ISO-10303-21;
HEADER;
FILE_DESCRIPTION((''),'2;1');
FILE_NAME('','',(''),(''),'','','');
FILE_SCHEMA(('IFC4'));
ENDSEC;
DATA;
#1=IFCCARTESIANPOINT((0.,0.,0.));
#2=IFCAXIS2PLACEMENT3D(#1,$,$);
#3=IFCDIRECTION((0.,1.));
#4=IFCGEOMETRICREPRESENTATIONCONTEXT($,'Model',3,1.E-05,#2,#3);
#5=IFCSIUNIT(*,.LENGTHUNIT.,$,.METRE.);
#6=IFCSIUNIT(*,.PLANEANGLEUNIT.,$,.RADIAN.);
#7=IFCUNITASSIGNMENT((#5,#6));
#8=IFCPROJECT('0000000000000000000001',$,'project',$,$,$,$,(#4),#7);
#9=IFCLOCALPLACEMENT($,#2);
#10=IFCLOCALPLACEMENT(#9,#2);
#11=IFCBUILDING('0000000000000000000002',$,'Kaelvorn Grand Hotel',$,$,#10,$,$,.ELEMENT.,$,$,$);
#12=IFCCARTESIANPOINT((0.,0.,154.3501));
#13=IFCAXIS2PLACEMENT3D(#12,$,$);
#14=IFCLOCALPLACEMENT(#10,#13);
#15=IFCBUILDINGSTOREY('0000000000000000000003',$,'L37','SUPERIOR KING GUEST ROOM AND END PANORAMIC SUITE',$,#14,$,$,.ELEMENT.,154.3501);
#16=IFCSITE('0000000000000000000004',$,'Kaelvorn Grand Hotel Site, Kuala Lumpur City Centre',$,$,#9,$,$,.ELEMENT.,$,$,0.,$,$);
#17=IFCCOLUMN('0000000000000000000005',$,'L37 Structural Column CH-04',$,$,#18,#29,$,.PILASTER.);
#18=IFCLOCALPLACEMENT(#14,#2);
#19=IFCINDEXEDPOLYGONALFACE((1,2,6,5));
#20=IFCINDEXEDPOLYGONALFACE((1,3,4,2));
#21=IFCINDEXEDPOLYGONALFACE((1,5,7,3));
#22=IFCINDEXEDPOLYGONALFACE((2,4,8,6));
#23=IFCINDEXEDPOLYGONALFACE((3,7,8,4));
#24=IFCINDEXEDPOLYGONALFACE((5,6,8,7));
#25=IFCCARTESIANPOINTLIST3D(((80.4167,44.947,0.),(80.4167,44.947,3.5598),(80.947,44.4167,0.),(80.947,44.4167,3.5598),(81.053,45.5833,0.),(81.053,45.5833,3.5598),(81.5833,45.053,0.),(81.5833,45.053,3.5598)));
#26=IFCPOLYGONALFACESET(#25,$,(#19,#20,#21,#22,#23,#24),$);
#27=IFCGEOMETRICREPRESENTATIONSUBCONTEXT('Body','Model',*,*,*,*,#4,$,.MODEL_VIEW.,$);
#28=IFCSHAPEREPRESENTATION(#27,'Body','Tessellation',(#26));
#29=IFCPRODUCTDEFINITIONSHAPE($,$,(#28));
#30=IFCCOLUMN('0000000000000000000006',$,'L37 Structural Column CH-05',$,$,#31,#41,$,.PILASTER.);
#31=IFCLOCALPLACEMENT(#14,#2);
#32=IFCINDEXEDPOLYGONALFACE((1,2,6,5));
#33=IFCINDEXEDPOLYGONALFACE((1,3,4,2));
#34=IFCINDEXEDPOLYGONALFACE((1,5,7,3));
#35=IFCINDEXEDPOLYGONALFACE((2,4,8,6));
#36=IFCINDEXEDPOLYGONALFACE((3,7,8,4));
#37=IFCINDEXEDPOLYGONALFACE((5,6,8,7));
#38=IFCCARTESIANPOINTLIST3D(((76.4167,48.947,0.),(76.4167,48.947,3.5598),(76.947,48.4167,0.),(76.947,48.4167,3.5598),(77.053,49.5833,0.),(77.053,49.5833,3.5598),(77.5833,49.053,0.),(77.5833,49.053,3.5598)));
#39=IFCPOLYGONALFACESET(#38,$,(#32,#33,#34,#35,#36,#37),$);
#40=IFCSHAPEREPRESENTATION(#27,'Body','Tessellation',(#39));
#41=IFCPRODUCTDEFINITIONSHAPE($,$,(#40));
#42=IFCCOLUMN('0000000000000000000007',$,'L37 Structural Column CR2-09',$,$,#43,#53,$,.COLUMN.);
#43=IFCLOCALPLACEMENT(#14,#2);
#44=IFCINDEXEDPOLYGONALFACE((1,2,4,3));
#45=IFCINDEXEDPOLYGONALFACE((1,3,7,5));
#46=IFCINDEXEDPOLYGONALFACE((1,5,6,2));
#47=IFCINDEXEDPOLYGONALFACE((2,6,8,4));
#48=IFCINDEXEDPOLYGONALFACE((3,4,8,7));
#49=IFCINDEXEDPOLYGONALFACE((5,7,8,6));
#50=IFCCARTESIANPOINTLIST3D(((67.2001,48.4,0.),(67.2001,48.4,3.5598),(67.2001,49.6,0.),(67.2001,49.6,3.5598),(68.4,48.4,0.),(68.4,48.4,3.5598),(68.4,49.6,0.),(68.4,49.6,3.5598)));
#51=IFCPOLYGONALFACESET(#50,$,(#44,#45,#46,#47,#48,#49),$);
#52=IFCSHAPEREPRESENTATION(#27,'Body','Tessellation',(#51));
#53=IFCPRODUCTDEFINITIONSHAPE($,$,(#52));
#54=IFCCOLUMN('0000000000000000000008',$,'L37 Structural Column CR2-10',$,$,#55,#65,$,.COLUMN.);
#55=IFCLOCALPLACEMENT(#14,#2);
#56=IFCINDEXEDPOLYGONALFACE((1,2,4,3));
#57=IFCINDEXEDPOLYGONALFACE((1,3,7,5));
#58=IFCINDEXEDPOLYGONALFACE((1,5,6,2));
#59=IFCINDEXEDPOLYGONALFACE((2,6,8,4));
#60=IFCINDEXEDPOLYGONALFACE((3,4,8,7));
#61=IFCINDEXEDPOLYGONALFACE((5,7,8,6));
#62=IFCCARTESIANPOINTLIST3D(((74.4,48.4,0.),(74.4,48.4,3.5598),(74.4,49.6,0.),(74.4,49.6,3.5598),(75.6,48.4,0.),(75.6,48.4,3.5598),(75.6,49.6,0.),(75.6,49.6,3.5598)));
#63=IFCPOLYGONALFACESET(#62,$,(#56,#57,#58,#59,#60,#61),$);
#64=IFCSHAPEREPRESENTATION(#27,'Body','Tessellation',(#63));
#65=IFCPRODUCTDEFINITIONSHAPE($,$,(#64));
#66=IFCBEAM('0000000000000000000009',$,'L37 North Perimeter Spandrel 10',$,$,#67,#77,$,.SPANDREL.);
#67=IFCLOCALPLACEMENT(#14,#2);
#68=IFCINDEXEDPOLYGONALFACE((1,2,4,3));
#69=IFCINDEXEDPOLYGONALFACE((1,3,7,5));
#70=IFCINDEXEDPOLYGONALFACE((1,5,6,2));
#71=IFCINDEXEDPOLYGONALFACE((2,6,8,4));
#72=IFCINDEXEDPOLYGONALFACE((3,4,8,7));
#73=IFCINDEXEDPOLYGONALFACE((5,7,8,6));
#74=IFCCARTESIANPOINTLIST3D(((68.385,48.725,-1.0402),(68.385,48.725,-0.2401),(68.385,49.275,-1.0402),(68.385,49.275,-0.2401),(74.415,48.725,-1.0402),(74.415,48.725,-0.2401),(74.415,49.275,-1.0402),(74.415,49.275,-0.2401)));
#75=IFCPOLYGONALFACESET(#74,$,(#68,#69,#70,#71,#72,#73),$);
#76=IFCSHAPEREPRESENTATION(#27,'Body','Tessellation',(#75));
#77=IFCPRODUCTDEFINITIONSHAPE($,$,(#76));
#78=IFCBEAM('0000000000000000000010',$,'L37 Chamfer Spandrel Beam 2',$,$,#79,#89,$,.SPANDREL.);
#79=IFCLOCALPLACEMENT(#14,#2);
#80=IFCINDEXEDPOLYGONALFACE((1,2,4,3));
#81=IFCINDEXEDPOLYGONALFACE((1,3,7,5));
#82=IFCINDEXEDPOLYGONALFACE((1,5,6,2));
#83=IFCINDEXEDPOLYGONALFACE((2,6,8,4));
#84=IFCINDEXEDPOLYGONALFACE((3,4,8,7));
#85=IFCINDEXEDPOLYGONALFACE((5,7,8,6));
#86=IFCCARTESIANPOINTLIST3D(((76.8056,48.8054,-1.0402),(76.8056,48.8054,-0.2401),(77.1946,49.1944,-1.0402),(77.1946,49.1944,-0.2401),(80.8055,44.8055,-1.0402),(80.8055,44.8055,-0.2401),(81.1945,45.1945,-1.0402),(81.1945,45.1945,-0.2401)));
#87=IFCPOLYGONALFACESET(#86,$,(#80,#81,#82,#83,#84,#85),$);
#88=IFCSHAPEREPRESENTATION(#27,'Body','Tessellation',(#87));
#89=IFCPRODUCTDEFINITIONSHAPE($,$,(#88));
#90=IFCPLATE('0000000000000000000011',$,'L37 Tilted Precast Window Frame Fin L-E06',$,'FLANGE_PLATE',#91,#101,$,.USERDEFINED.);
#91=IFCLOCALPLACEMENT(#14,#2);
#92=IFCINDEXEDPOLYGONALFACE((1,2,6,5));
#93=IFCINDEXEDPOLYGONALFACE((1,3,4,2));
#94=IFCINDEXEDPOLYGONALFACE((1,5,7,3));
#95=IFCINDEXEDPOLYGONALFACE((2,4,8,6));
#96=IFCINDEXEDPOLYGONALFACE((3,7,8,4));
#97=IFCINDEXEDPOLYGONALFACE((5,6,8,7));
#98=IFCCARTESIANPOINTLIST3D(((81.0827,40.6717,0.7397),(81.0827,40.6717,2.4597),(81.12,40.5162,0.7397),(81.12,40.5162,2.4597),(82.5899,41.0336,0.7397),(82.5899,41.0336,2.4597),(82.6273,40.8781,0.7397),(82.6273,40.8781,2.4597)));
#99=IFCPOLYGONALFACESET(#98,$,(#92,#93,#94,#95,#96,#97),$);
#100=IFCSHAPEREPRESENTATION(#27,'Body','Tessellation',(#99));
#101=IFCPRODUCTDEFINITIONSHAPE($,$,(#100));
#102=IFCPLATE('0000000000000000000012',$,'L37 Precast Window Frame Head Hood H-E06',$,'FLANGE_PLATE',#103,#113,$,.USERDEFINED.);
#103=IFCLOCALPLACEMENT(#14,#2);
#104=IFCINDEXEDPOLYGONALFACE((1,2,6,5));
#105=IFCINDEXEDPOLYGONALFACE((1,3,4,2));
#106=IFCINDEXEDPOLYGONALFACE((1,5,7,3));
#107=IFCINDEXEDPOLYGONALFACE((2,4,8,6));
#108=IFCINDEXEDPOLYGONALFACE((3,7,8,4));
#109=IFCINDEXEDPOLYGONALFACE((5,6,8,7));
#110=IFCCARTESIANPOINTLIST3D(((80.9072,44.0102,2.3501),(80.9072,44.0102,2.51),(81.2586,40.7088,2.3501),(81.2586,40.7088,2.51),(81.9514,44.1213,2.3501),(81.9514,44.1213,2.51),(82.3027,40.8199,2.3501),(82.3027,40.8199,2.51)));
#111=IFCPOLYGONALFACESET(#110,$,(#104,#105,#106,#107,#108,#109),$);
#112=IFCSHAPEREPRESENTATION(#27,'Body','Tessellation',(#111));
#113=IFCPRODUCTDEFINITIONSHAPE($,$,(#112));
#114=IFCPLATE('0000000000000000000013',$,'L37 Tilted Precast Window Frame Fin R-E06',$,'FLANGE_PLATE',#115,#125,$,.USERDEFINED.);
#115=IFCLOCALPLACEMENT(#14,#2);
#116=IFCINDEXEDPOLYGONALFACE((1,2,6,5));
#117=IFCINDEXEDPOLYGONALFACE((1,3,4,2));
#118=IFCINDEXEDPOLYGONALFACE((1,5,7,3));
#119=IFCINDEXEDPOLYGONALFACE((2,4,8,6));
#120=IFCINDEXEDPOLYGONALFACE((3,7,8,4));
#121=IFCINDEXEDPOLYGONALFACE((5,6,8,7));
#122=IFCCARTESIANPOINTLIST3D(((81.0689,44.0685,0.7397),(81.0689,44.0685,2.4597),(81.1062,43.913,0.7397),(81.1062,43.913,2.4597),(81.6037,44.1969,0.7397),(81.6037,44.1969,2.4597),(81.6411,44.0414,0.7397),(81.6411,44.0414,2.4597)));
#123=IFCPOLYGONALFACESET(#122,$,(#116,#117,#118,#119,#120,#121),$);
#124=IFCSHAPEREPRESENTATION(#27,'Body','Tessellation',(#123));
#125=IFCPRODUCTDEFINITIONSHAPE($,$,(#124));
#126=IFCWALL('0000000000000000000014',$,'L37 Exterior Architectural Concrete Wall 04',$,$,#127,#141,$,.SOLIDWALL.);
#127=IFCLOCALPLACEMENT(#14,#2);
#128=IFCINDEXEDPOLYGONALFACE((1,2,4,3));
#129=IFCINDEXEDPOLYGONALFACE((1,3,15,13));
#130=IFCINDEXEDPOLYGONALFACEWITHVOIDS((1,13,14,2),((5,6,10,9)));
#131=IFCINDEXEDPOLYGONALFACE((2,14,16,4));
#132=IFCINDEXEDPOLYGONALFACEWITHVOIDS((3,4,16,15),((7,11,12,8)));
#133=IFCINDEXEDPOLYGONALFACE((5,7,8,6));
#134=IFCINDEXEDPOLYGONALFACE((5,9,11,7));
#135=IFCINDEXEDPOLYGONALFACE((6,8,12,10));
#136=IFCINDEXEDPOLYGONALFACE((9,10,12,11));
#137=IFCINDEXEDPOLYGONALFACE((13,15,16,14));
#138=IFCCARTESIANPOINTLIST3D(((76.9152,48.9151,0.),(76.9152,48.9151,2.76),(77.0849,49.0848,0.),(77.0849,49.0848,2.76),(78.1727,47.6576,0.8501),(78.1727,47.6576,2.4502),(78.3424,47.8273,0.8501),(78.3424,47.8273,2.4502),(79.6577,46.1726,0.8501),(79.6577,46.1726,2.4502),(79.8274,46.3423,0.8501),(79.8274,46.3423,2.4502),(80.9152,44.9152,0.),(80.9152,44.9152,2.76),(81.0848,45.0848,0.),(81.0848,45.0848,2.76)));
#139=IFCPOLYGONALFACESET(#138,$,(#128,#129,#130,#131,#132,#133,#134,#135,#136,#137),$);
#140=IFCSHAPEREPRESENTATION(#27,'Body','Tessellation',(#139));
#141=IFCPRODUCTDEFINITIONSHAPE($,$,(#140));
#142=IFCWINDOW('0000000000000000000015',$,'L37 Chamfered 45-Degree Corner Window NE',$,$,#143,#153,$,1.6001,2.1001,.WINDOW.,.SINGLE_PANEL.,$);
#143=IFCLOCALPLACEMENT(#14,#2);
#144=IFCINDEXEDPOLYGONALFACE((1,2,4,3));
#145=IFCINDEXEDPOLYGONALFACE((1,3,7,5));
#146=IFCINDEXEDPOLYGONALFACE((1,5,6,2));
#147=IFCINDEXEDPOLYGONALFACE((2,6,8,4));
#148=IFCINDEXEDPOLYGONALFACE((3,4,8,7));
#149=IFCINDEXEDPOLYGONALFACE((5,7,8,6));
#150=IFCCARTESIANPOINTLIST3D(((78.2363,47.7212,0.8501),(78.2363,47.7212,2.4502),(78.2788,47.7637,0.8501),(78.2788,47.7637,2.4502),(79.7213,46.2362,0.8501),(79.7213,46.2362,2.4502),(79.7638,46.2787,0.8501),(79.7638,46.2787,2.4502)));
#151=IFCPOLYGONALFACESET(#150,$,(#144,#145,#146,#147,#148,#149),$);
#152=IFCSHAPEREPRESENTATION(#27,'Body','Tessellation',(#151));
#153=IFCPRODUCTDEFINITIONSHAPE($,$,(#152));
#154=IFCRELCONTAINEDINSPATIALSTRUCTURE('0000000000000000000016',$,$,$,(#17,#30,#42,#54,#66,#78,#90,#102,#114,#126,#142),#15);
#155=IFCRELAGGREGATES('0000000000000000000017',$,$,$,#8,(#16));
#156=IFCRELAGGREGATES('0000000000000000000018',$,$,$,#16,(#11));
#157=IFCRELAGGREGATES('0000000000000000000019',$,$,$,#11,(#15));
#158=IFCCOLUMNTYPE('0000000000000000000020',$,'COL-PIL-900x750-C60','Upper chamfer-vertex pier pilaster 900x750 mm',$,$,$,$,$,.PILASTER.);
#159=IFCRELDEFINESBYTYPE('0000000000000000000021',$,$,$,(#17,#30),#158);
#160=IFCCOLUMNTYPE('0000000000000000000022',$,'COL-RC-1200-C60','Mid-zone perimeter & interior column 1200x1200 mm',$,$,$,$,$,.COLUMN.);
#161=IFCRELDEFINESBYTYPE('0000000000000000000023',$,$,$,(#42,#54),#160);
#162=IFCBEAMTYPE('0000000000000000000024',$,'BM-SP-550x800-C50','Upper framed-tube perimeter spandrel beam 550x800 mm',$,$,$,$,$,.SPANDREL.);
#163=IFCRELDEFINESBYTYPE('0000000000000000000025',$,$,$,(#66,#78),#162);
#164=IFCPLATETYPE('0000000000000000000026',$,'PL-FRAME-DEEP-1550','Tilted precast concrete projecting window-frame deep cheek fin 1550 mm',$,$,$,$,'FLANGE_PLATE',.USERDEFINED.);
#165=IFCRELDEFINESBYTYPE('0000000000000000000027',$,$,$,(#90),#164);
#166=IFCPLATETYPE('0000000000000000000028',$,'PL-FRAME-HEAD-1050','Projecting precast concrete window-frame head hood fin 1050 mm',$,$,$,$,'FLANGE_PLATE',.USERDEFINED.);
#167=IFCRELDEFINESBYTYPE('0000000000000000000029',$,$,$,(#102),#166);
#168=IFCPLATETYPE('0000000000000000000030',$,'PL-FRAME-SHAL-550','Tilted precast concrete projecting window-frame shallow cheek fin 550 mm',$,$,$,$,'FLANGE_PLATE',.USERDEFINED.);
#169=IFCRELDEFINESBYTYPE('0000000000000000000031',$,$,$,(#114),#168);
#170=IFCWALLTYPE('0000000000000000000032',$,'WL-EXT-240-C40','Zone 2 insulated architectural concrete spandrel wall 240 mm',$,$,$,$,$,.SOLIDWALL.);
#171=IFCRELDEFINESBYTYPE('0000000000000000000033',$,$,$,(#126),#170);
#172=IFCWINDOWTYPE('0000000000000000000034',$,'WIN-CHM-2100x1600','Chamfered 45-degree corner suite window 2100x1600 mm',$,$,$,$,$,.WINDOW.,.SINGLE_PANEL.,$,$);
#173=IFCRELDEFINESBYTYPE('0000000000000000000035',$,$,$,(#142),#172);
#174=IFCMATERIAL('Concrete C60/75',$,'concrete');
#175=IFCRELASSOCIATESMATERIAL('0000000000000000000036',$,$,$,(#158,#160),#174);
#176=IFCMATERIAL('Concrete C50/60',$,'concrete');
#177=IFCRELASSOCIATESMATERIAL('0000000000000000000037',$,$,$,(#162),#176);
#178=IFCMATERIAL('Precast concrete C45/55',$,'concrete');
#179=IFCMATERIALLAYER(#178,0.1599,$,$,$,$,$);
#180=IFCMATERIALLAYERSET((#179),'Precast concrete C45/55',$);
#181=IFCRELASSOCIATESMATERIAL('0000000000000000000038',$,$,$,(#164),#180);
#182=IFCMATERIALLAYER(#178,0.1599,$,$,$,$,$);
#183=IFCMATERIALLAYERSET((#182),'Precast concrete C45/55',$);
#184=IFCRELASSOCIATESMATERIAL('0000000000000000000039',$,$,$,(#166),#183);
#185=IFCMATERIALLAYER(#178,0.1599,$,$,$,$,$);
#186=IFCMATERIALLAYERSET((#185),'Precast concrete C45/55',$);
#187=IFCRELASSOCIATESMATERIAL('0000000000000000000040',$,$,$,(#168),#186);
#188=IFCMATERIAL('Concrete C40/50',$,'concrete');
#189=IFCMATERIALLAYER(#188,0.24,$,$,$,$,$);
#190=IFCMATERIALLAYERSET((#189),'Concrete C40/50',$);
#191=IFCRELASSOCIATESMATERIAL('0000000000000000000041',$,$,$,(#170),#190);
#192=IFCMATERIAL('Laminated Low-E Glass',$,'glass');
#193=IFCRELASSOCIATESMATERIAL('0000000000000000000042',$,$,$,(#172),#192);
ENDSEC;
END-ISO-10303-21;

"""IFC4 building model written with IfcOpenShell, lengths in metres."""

from ifc_helpers import new_model, si_unit, direction, frame, frame_2d, origin, origin_2d, place, context, subcontext, project, spatial, rectangle, extrude, material, layer, layer_set, material_profile, profile_set, type_object, element, fill, save


model = new_model("IFC4")

# Units and contexts
model_context = context("Model", 3, precision=1e-05, world=origin(), true_north=direction((0.0, 1.0)))
body_context = subcontext(model_context, "Body", "Model", "MODEL_VIEW")
ifc_project = project(units=[si_unit("LENGTHUNIT", "METRE"), si_unit("PLANEANGLEUNIT", "RADIAN")], contexts=[model_context])

# Site, building, storey
site_placement = place(None, origin())
site = spatial("IfcSite", under=ifc_project, at=site_placement, Name="Kaelvorn Grand Hotel Site, Kuala Lumpur City Centre", CompositionType="ELEMENT", RefElevation=0.0)
building_placement = place(site_placement, origin())
building = spatial("IfcBuilding", under=site, at=building_placement, Name="Kaelvorn Grand Hotel", CompositionType="ELEMENT")
storey_placement = place(building_placement, frame((0.0, 0.0, 154.3501)))
storey = spatial("IfcBuildingStorey", under=building, at=storey_placement, Name="L37", Description="SUPERIOR KING GUEST ROOM AND END PANORAMIC SUITE", CompositionType="ELEMENT", Elevation=154.3501)

# Columns
ifc_material_1 = material(Name="Concrete C60/75", Category="concrete")
ifc_material_profile_1 = material_profile(ifc_material_1, rectangle(XDim=0.8999, YDim=0.75, at=origin_2d()), Name="RC PILASTER 900x750")
ifc_profile_set_1 = profile_set([ifc_material_profile_1], Name="Concrete C60/75")
column_type_1 = type_object("IfcColumnType", Name="COL-PIL-900x750-C60", Description="Upper chamfer-vertex pier pilaster 900x750 mm", PredefinedType="PILASTER", material=ifc_profile_set_1)
for number, where, z_axis, x_axis, name in (
    (1, (81.0, 45.0, 0.0), (0.0, 0.0, 1.0), (0.707107, 0.707107, 0.0), "L37 Structural Column CH-04"),
    (2, (77.0, 49.0, 0.0), (0.0, 0.0, 1.0), (0.707107, 0.707107, 0.0), "L37 Structural Column CH-05"),
):
    element("IfcColumn", number, at=place(storey_placement, frame(where, z_axis=z_axis, x_axis=x_axis)), inside=storey, type_object=column_type_1, Name=name, PredefinedType="PILASTER", context=body_context, shape_type="SweptSolid", body=[
        extrude(rectangle(XDim=0.8999, YDim=0.75, at=origin_2d()), origin(), (0.0, 0.0, 1.0), 3.5598),
    ])
ifc_material_profile_2 = material_profile(ifc_material_1, rectangle(XDim=1.2, YDim=1.2, at=origin_2d()), Name="RC COL 1200x1200")
ifc_profile_set_2 = profile_set([ifc_material_profile_2], Name="Concrete C60/75")
column_type_2 = type_object("IfcColumnType", Name="COL-RC-1200-C60", Description="Mid-zone perimeter & interior column 1200x1200 mm", PredefinedType="COLUMN", material=ifc_profile_set_2)
for number, where, z_axis, x_axis, name in (
    (3, (67.8, 49.0, 0.0), (0.0, 0.0, 1.0), (1.0, 0.0, 0.0), "L37 Structural Column CR2-09"),
    (4, (75.0, 49.0, 0.0), (0.0, 0.0, 1.0), (1.0, 0.0, 0.0), "L37 Structural Column CR2-10"),
):
    element("IfcColumn", number, at=place(storey_placement, frame(where, z_axis=z_axis, x_axis=x_axis)), inside=storey, type_object=column_type_2, Name=name, PredefinedType="COLUMN", context=body_context, shape_type="SweptSolid", body=[
        extrude(rectangle(XDim=1.2, YDim=1.2, at=origin_2d()), origin(), (0.0, 0.0, 1.0), 3.5598),
    ])

# Beams
ifc_material_2 = material(Name="Concrete C50/60", Category="concrete")
ifc_material_profile_3 = material_profile(ifc_material_2, rectangle(XDim=0.55, YDim=0.8, at=origin_2d()), Name="RC SPANDREL 550x800")
ifc_profile_set_3 = profile_set([ifc_material_profile_3], Name="Concrete C50/60")
beam_type = type_object("IfcBeamType", Name="BM-SP-550x800-C50", Description="Upper framed-tube perimeter spandrel beam 550x800 mm", PredefinedType="SPANDREL", material=ifc_profile_set_3)
beam_1_placement = place(storey_placement, frame((68.385, 49.0, -0.6401), z_axis=(1.0, 0.0, 0.0), x_axis=(0.0, 1.0, 0.0)))
element("IfcBeam", 5, at=beam_1_placement, inside=storey, type_object=beam_type, Name="L37 North Perimeter Spandrel 10", PredefinedType="SPANDREL", context=body_context, shape_type="SweptSolid", body=[
    extrude(rectangle(XDim=0.55, YDim=0.8, at=origin_2d()), origin(), (0.0, 0.0, 1.0), 6.03),
])
beam_2_placement = place(storey_placement, frame((81.0, 45.0, -0.6401), z_axis=(-0.707107, 0.707107, 0.0), x_axis=(-0.707107, -0.707107, 0.0)))
element("IfcBeam", 6, at=beam_2_placement, inside=storey, type_object=beam_type, Name="L37 Chamfer Spandrel Beam 2", PredefinedType="SPANDREL", context=body_context, shape_type="SweptSolid", body=[
    extrude(rectangle(XDim=0.55, YDim=0.8, at=origin_2d()), origin(), (0.0, 0.0, 1.0), 5.6567),
])

# Plates
ifc_material_3 = material(Name="Precast concrete C45/55", Category="concrete")
ifc_layer_1 = layer(ifc_material_3, 0.1599)
ifc_layer_set_1 = layer_set([ifc_layer_1], Name="Precast concrete C45/55")
plate_type_1 = type_object("IfcPlateType", Name="PL-FRAME-DEEP-1550", Description="Tilted precast concrete projecting window-frame deep cheek fin 1550 mm", ElementType="FLANGE_PLATE", PredefinedType="USERDEFINED", material=ifc_layer_set_1)
plate_1_placement = place(storey_placement, frame((81.855, 40.7749, 0.7397), z_axis=(0.0, 0.0, 1.0), x_axis=(-0.233445, 0.97237, 0.0)))
element("IfcPlate", 7, at=plate_1_placement, inside=storey, type_object=plate_type_1, Name="L37 Tilted Precast Window Frame Fin L-E06", ObjectType="FLANGE_PLATE", PredefinedType="USERDEFINED", context=body_context, shape_type="SweptSolid", body=[
    extrude(rectangle(XDim=0.1599, YDim=1.55, at=origin_2d()), origin(), (0.0, 0.0, 1.0), 1.72),
])
ifc_layer_2 = layer(ifc_material_3, 0.1599)
ifc_layer_set_2 = layer_set([ifc_layer_2], Name="Precast concrete C45/55")
plate_type_2 = type_object("IfcPlateType", Name="PL-FRAME-HEAD-1050", Description="Projecting precast concrete window-frame head hood fin 1050 mm", ElementType="FLANGE_PLATE", PredefinedType="USERDEFINED", material=ifc_layer_set_2)
plate_2_placement = place(storey_placement, frame((81.605, 42.415, 2.3501), z_axis=(0.0, 0.0, 1.0), x_axis=(-0.10583, 0.994384, 0.0)))
element("IfcPlate", 8, at=plate_2_placement, inside=storey, type_object=plate_type_2, Name="L37 Precast Window Frame Head Hood H-E06", ObjectType="FLANGE_PLATE", PredefinedType="USERDEFINED", context=body_context, shape_type="SweptSolid", body=[
    extrude(rectangle(XDim=3.3201, YDim=1.05, at=origin_2d()), origin(), (0.0, 0.0, 1.0), 0.1599),
])
ifc_layer_3 = layer(ifc_material_3, 0.1599)
ifc_layer_set_3 = layer_set([ifc_layer_3], Name="Precast concrete C45/55")
plate_type_3 = type_object("IfcPlateType", Name="PL-FRAME-SHAL-550", Description="Tilted precast concrete projecting window-frame shallow cheek fin 550 mm", ElementType="FLANGE_PLATE", PredefinedType="USERDEFINED", material=ifc_layer_set_3)
plate_3_placement = place(storey_placement, frame((81.355, 44.0549, 0.7397), z_axis=(0.0, 0.0, 1.0), x_axis=(-0.233445, 0.97237, 0.0)))
element("IfcPlate", 9, at=plate_3_placement, inside=storey, type_object=plate_type_3, Name="L37 Tilted Precast Window Frame Fin R-E06", ObjectType="FLANGE_PLATE", PredefinedType="USERDEFINED", context=body_context, shape_type="SweptSolid", body=[
    extrude(rectangle(XDim=0.1599, YDim=0.55, at=origin_2d()), origin(), (0.0, 0.0, 1.0), 1.72),
])

# Wall, opening, window
ifc_material_4 = material(Name="Concrete C40/50", Category="concrete")
ifc_layer_4 = layer(ifc_material_4, 0.24)
ifc_layer_set_4 = layer_set([ifc_layer_4], Name="Concrete C40/50")
wall_type_1 = type_object("IfcWallType", Name="WL-EXT-240-C40", Description="Zone 2 insulated architectural concrete spandrel wall 240 mm", PredefinedType="SOLIDWALL", material=ifc_layer_set_4)
wall_1_placement = place(storey_placement, frame((81.0, 45.0, 0.0), z_axis=(0.0, 0.0, 1.0), x_axis=(-0.707107, 0.707107, 0.0)))
wall_1 = element("IfcWall", 10, at=wall_1_placement, inside=storey, type_object=wall_type_1, Name="L37 Exterior Architectural Concrete Wall 04", PredefinedType="SOLIDWALL", context=body_context, shape_type="SweptSolid", body=[
    extrude(rectangle(XDim=5.6567, YDim=0.24, at=frame_2d((2.8284, 0.0))), origin(), (0.0, 0.0, 1.0), 2.76),
])
opening_1_placement = place(wall_1_placement, frame((1.7783, 0.0, 0.8501)))
opening_1 = element("IfcOpeningElement", 11, at=opening_1_placement, cuts=wall_1, PredefinedType="OPENING", context=body_context, shape_type="SweptSolid", body=[
    extrude(rectangle(XDim=2.1001, YDim=1.6001, at=frame_2d((1.05, 0.8))), frame((0.0, 0.1299, 0.0), z_axis=(0.0, -1.0, 0.0), x_axis=(1.0, 0.0, 0.0)), (0.0, 0.0, 1.0), 0.26),
])
ifc_material_5 = material(Name="Laminated Low-E Glass", Category="glass")
window_type_1 = type_object("IfcWindowType", Name="WIN-CHM-2100x1600", Description="Chamfered 45-degree corner suite window 2100x1600 mm", PartitioningType="SINGLE_PANEL", PredefinedType="WINDOW", material=ifc_material_5)
window_1_placement = place(opening_1_placement, origin())
window_1 = element("IfcWindow", 12, at=window_1_placement, inside=storey, type_object=window_type_1, Name="L37 Chamfered 45-Degree Corner Window NE", OverallHeight=1.6001, OverallWidth=2.1001, PartitioningType="SINGLE_PANEL", PredefinedType="WINDOW", context=body_context, shape_type="SweptSolid", body=[
    extrude(rectangle(XDim=2.1001, YDim=1.6001, at=frame_2d((1.05, 0.8))), frame((0.0, 0.03, 0.0), z_axis=(0.0, -1.0, 0.0), x_axis=(1.0, 0.0, 0.0)), (0.0, 0.0, 1.0), 0.0601),
])
fill(opening_1, window_1)

save(model, "model.ifc")
